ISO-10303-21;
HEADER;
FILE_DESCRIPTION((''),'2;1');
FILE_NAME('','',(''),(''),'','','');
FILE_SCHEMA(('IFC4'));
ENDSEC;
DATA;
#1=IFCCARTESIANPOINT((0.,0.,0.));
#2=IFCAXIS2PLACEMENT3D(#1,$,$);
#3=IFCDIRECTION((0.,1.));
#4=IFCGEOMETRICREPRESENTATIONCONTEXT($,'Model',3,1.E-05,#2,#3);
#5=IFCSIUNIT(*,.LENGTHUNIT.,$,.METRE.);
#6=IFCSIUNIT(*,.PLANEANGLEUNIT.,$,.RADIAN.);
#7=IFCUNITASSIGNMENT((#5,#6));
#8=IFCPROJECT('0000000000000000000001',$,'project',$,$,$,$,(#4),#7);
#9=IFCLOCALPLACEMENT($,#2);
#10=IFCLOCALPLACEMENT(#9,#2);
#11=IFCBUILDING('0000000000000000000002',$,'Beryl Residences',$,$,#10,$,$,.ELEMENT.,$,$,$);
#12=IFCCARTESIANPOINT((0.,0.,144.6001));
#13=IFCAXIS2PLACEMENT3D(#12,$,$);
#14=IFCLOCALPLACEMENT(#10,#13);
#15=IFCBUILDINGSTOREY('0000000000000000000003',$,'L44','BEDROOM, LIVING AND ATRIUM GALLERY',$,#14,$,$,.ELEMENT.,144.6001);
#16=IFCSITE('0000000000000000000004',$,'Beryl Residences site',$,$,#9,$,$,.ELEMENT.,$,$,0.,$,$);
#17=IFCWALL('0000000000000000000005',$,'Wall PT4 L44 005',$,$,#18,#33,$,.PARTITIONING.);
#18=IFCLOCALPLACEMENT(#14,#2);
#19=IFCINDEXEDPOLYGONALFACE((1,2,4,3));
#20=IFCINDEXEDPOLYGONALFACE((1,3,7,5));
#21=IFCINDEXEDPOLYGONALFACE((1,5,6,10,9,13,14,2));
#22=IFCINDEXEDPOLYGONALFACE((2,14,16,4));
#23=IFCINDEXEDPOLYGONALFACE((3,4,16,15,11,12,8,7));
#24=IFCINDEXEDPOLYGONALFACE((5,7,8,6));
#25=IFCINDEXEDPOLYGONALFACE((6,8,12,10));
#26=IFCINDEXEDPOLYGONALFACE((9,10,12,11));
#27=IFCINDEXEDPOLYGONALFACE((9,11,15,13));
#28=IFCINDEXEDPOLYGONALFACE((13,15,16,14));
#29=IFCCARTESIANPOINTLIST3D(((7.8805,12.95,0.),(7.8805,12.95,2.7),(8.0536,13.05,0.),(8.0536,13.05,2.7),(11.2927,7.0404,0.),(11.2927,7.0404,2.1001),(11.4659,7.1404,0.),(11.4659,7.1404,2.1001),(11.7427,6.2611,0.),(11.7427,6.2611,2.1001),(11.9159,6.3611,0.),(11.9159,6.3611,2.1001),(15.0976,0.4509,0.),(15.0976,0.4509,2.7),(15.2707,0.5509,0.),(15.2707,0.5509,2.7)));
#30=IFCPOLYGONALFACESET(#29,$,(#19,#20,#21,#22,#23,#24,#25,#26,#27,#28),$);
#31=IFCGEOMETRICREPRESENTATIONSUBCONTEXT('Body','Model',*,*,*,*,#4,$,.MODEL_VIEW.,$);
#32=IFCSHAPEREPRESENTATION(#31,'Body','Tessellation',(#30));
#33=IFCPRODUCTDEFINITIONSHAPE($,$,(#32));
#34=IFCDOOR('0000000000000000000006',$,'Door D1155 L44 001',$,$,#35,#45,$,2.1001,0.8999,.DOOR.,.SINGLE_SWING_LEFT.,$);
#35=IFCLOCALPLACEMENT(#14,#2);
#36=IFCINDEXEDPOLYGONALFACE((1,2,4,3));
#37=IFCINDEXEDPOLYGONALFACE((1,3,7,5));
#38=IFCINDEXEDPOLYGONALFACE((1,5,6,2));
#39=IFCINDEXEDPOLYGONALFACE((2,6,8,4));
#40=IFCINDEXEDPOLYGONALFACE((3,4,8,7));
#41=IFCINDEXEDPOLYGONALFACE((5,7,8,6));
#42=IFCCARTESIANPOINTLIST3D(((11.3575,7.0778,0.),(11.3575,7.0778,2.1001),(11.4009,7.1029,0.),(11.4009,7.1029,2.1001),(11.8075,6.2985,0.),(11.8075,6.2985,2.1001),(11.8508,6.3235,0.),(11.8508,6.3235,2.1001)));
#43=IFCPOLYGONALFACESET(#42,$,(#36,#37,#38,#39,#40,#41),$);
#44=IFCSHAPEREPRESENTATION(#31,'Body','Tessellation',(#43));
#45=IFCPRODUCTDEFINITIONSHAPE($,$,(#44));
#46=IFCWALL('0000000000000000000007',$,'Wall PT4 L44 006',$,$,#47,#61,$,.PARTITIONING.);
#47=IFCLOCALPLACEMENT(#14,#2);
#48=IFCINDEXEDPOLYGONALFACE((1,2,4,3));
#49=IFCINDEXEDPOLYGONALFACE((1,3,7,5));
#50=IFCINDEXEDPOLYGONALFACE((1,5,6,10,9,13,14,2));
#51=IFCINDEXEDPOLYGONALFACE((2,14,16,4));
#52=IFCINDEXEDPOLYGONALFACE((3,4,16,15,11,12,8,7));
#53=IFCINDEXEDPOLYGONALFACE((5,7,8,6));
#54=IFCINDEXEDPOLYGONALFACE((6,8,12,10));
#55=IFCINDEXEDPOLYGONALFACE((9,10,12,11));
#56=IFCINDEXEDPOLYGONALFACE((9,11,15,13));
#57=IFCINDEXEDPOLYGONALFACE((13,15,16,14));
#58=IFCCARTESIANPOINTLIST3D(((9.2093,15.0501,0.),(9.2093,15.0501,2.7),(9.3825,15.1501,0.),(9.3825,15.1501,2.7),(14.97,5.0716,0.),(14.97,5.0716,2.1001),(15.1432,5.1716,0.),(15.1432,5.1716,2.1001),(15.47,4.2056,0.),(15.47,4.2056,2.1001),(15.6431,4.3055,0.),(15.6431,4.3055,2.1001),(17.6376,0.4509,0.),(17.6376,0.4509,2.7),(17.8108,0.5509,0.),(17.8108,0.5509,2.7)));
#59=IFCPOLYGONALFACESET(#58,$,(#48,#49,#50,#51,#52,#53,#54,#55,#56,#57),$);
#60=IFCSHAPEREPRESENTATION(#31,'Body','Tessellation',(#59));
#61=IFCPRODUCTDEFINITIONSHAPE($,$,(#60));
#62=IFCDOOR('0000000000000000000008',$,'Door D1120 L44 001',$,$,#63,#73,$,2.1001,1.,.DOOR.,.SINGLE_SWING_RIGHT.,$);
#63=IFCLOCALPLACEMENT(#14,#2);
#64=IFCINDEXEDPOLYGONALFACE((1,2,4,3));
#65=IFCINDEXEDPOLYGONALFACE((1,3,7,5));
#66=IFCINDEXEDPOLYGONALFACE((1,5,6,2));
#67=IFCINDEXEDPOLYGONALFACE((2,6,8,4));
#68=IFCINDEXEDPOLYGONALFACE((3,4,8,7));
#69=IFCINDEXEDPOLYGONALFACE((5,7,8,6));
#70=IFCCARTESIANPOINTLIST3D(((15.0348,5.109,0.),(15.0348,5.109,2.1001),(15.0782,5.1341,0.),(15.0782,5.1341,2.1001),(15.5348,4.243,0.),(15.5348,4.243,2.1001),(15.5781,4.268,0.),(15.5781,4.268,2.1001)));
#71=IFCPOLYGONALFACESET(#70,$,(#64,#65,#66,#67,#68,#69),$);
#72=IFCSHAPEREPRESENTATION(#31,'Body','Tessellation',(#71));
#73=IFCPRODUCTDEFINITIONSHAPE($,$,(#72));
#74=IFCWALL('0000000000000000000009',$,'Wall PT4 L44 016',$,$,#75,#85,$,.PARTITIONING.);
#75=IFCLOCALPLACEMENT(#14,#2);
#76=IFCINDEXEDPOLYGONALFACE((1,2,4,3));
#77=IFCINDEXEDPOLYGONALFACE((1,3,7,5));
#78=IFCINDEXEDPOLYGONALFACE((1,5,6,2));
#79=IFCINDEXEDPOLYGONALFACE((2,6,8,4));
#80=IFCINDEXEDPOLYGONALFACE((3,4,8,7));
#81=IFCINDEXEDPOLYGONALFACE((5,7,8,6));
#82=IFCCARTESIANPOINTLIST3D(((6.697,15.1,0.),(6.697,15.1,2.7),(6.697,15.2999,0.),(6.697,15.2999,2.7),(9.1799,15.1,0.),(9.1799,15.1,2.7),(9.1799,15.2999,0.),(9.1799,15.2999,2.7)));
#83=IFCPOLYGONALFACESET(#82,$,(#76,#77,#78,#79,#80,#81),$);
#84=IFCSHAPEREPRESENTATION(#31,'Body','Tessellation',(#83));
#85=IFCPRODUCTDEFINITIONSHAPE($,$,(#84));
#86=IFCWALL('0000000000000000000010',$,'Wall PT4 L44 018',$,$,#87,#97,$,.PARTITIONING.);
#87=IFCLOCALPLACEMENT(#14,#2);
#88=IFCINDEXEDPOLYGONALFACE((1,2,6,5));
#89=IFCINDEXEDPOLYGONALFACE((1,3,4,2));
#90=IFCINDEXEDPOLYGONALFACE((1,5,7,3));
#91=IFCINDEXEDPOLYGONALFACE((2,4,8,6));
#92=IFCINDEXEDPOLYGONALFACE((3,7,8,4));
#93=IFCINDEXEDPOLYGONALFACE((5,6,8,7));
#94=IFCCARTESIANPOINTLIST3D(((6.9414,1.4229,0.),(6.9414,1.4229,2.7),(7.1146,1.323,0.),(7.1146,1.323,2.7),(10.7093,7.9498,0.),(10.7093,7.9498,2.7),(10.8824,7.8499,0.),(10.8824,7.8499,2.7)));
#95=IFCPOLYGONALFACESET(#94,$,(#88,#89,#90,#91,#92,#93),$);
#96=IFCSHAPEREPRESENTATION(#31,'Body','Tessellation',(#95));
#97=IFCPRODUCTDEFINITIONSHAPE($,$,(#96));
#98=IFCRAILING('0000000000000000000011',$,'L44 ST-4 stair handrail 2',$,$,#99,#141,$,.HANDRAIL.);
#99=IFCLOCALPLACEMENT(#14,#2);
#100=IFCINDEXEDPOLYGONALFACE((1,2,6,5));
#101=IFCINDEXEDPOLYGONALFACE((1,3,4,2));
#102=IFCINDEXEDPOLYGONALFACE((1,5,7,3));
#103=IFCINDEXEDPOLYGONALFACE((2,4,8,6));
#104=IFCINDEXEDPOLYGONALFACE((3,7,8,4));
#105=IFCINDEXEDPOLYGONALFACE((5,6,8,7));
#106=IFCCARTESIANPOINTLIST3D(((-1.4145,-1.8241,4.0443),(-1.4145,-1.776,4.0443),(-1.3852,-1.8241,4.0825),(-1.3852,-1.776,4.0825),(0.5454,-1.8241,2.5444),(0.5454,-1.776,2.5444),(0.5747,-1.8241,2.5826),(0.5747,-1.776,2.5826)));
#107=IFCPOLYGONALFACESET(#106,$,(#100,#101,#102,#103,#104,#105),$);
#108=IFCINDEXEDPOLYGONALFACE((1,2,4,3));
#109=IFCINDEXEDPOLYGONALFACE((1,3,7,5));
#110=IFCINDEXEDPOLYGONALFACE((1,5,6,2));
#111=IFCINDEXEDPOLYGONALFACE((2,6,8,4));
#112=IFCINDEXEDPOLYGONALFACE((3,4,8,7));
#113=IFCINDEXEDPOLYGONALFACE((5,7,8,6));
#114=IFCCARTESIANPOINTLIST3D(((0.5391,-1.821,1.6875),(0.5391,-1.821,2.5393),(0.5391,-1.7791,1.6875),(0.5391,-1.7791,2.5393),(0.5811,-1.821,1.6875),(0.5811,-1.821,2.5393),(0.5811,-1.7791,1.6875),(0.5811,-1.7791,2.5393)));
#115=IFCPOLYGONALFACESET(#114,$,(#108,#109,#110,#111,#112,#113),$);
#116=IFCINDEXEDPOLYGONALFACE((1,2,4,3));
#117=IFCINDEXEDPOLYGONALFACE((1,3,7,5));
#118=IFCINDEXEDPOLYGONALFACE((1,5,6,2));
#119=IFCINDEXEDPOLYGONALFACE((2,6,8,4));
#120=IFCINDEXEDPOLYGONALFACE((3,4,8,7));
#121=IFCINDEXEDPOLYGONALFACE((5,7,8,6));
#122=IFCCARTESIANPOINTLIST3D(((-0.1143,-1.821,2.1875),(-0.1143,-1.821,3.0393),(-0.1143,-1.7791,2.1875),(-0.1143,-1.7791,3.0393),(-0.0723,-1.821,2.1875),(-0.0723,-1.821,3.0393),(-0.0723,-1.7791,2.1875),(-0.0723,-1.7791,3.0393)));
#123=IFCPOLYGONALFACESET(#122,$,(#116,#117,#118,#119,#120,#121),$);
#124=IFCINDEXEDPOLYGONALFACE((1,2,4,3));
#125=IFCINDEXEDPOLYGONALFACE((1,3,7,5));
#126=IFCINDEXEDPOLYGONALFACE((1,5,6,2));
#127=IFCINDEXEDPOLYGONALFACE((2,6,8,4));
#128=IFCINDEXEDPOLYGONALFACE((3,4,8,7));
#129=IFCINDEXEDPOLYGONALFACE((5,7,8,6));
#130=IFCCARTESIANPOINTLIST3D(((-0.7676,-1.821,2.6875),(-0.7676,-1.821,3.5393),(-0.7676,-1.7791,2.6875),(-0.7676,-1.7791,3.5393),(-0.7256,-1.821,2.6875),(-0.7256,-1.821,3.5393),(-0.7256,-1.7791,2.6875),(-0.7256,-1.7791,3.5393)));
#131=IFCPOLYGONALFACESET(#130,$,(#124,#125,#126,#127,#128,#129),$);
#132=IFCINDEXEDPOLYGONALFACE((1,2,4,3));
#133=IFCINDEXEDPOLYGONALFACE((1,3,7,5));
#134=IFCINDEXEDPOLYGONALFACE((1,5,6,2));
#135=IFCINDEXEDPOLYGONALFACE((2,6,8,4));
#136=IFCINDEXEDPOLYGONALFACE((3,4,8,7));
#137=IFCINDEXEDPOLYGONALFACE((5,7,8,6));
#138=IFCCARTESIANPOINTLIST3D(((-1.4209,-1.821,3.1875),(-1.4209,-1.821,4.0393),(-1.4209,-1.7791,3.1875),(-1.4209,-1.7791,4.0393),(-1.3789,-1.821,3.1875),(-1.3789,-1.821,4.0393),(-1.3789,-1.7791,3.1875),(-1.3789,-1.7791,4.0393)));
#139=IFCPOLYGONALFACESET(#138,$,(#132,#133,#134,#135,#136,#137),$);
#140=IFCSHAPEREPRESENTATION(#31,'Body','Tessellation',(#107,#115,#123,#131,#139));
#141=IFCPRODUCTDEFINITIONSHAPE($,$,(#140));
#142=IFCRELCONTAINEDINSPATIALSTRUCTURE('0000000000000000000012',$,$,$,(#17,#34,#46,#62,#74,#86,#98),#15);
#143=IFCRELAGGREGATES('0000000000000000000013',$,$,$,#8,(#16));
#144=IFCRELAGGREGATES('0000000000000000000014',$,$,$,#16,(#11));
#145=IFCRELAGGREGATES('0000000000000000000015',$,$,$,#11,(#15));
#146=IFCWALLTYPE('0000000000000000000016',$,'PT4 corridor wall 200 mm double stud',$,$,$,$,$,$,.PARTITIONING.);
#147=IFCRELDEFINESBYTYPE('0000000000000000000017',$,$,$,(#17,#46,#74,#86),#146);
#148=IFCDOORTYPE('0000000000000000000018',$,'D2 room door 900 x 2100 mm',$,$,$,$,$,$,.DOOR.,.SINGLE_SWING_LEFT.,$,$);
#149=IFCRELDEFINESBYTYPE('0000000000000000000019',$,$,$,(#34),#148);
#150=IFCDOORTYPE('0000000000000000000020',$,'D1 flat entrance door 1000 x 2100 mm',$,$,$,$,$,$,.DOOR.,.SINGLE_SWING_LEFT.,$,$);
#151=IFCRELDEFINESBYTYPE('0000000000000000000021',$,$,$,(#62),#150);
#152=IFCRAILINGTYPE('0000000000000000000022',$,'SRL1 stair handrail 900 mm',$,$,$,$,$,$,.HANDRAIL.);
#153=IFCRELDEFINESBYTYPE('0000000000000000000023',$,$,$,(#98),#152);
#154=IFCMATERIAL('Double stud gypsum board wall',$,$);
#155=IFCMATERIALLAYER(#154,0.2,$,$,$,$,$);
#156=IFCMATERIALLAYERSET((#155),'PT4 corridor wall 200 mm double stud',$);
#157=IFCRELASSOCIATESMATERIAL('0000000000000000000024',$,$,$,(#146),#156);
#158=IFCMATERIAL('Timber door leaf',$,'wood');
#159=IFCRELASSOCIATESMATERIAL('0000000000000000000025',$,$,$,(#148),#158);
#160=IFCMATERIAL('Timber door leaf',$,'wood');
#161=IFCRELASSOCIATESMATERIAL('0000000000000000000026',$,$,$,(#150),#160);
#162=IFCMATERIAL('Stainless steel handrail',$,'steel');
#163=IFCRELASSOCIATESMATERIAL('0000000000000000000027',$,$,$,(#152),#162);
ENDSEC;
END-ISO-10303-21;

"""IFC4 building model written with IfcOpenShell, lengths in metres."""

from ifc_helpers import new_model, si_unit, direction, frame, frame_2d, origin, origin_2d, place, context, subcontext, project, spatial, rectangle, extrude, material, layer, layer_set, type_object, element, fill, save


model = new_model("IFC4")

# Units and contexts
model_context = context("Model", 3, precision=1e-05, world=origin(), true_north=direction((0.0, 1.0)))
body_context = subcontext(model_context, "Body", "Model", "MODEL_VIEW")
ifc_project = project(units=[si_unit("LENGTHUNIT", "METRE"), si_unit("PLANEANGLEUNIT", "RADIAN")], contexts=[model_context])

# Site, building, storey
site_placement = place(None, origin())
site = spatial("IfcSite", under=ifc_project, at=site_placement, Name="Beryl Residences site", CompositionType="ELEMENT", RefElevation=0.0)
building_placement = place(site_placement, origin())
building = spatial("IfcBuilding", under=site, at=building_placement, Name="Beryl Residences", CompositionType="ELEMENT")
storey_placement = place(building_placement, frame((0.0, 0.0, 144.6001)))
storey = spatial("IfcBuildingStorey", under=building, at=storey_placement, Name="L44", Description="BEDROOM, LIVING AND ATRIUM GALLERY", CompositionType="ELEMENT", Elevation=144.6001)

# Shared definitions
ifc_material_1 = material(Name="Double stud gypsum board wall")
ifc_layer_1 = layer(ifc_material_1, 0.2)
ifc_layer_set_1 = layer_set([ifc_layer_1], Name="PT4 corridor wall 200 mm double stud")
wall_type_1 = type_object("IfcWallType", Name="PT4 corridor wall 200 mm double stud", PredefinedType="PARTITIONING", material=ifc_layer_set_1)

# Walls, openings, doors
wall_1_placement = place(storey_placement, frame((7.967, 13.0, 0.0), z_axis=(0.0, 0.0, 1.0), x_axis=(0.500038, -0.866004, 0.0)))
wall_1 = element("IfcWall", 1, at=wall_1_placement, inside=storey, type_object=wall_type_1, Name="Wall PT4 L44 005", PredefinedType="PARTITIONING", context=body_context, shape_type="SweptSolid", body=[
    extrude(rectangle(XDim=14.4331, YDim=0.2, at=frame_2d((7.2166, 0.0))), origin(), (0.0, 0.0, 1.0), 2.7),
])
opening_1_placement = place(wall_1_placement, frame((6.824, 0.0, 0.0)))
opening_1 = element("IfcOpeningElement", 2, at=opening_1_placement, cuts=wall_1, PredefinedType="OPENING", context=body_context, shape_type="SweptSolid", body=[
    extrude(rectangle(XDim=0.8999, YDim=2.1001, at=frame_2d((0.45, 1.05))), frame((0.0, 0.1099, 0.0), z_axis=(0.0, -1.0, 0.0), x_axis=(1.0, 0.0, 0.0)), (0.0, 0.0, 1.0), 0.22),
])
ifc_material_2 = material(Name="Timber door leaf", Category="wood")
door_type_1 = type_object("IfcDoorType", Name="D2 room door 900 x 2100 mm", OperationType="SINGLE_SWING_LEFT", PredefinedType="DOOR", material=ifc_material_2)
door_1_placement = place(opening_1_placement, origin())
door_1 = element("IfcDoor", 3, at=door_1_placement, inside=storey, type_object=door_type_1, Name="Door D1155 L44 001", OperationType="SINGLE_SWING_LEFT", OverallHeight=2.1001, OverallWidth=0.8999, PredefinedType="DOOR", context=body_context, shape_type="SweptSolid", body=[
    extrude(rectangle(XDim=0.8999, YDim=2.1001, at=frame_2d((0.45, 1.05))), frame((0.0, 0.0249, 0.0), z_axis=(0.0, -1.0, 0.0), x_axis=(1.0, 0.0, 0.0)), (0.0, 0.0, 1.0), 0.05),
])
fill(opening_1, door_1)
wall_2_placement = place(storey_placement, frame((9.2959, 15.1001, 0.0), z_axis=(0.0, 0.0, 1.0), x_axis=(0.499974, -0.86604, 0.0)))
wall_2 = element("IfcWall", 4, at=wall_2_placement, inside=storey, type_object=wall_type_1, Name="Wall PT4 L44 006", PredefinedType="PARTITIONING", context=body_context, shape_type="SweptSolid", body=[
    extrude(rectangle(XDim=16.8574, YDim=0.2, at=frame_2d((8.4287, 0.0))), origin(), (0.0, 0.0, 1.0), 2.7),
])
opening_2_placement = place(wall_2_placement, frame((11.522, 0.0, 0.0)))
opening_2 = element("IfcOpeningElement", 5, at=opening_2_placement, cuts=wall_2, PredefinedType="OPENING", context=body_context, shape_type="SweptSolid", body=[
    extrude(rectangle(XDim=1.0, YDim=2.1001, at=frame_2d((0.5, 1.05))), frame((0.0, 0.1099, 0.0), z_axis=(0.0, -1.0, 0.0), x_axis=(1.0, 0.0, 0.0)), (0.0, 0.0, 1.0), 0.22),
])
ifc_material_3 = material(Name="Timber door leaf", Category="wood")
door_type_2 = type_object("IfcDoorType", Name="D1 flat entrance door 1000 x 2100 mm", OperationType="SINGLE_SWING_LEFT", PredefinedType="DOOR", material=ifc_material_3)
door_2_placement = place(opening_2_placement, origin())
door_2 = element("IfcDoor", 6, at=door_2_placement, inside=storey, type_object=door_type_2, Name="Door D1120 L44 001", OperationType="SINGLE_SWING_RIGHT", OverallHeight=2.1001, OverallWidth=1.0, PredefinedType="DOOR", context=body_context, shape_type="SweptSolid", body=[
    extrude(rectangle(XDim=1.0, YDim=2.1001, at=frame_2d((0.5, 1.05))), frame((0.0, 0.0249, 0.0), z_axis=(0.0, -1.0, 0.0), x_axis=(1.0, 0.0, 0.0)), (0.0, 0.0, 1.0), 0.05),
])
fill(opening_2, door_2)

# Walls
wall_3_placement = place(storey_placement, frame((6.697, 15.2, 0.0), z_axis=(0.0, 0.0, 1.0), x_axis=(1.0, 0.0, 0.0)))
element("IfcWall", 7, at=wall_3_placement, inside=storey, type_object=wall_type_1, Name="Wall PT4 L44 016", PredefinedType="PARTITIONING", context=body_context, shape_type="SweptSolid", body=[
    extrude(rectangle(XDim=2.4829, YDim=0.2, at=frame_2d((1.2415, 0.0))), origin(), (0.0, 0.0, 1.0), 2.7),
])
wall_4_placement = place(storey_placement, frame((7.0281, 1.373, 0.0), z_axis=(0.0, 0.0, 1.0), x_axis=(0.499954, 0.866052, 0.0)))
element("IfcWall", 8, at=wall_4_placement, inside=storey, type_object=wall_type_1, Name="Wall PT4 L44 018", PredefinedType="PARTITIONING", context=body_context, shape_type="SweptSolid", body=[
    extrude(rectangle(XDim=7.5364, YDim=0.2, at=frame_2d((3.7681, 0.0))), origin(), (0.0, 0.0, 1.0), 2.7),
])

# Railing
ifc_material_4 = material(Name="Stainless steel handrail", Category="steel")
railing_type_1 = type_object("IfcRailingType", Name="SRL1 stair handrail 900 mm", PredefinedType="HANDRAIL", material=ifc_material_4)
railing_1_placement = place(storey_placement, frame((0.5601, -1.8, 1.6875)))
element("IfcRailing", 9, at=railing_1_placement, inside=storey, type_object=railing_type_1, Name="L44 ST-4 stair handrail 2", PredefinedType="HANDRAIL", context=body_context, shape_type="SweptSolid", body=[
    extrude(rectangle(XDim=0.0481, YDim=0.0481, at=origin_2d()), frame((0.0, 0.0, 0.876), z_axis=(-0.794122, 0.0, 0.607758), x_axis=(0.0, -1.0, 0.0)), (0.0, 0.0, 1.0), 2.468),
    extrude(rectangle(XDim=0.042, YDim=0.042, at=origin_2d()), origin(), (0.0, 0.0, 1.0), 0.8518),
    extrude(rectangle(XDim=0.042, YDim=0.042, at=origin_2d()), frame((-0.6533, 0.0, 0.5)), (0.0, 0.0, 1.0), 0.8518),
    extrude(rectangle(XDim=0.042, YDim=0.042, at=origin_2d()), frame((-1.3066, 0.0, 1.0)), (0.0, 0.0, 1.0), 0.8518),
    extrude(rectangle(XDim=0.042, YDim=0.042, at=origin_2d()), frame((-1.96, 0.0, 1.5)), (0.0, 0.0, 1.0), 0.8518),
])

save(model, "model.ifc")
